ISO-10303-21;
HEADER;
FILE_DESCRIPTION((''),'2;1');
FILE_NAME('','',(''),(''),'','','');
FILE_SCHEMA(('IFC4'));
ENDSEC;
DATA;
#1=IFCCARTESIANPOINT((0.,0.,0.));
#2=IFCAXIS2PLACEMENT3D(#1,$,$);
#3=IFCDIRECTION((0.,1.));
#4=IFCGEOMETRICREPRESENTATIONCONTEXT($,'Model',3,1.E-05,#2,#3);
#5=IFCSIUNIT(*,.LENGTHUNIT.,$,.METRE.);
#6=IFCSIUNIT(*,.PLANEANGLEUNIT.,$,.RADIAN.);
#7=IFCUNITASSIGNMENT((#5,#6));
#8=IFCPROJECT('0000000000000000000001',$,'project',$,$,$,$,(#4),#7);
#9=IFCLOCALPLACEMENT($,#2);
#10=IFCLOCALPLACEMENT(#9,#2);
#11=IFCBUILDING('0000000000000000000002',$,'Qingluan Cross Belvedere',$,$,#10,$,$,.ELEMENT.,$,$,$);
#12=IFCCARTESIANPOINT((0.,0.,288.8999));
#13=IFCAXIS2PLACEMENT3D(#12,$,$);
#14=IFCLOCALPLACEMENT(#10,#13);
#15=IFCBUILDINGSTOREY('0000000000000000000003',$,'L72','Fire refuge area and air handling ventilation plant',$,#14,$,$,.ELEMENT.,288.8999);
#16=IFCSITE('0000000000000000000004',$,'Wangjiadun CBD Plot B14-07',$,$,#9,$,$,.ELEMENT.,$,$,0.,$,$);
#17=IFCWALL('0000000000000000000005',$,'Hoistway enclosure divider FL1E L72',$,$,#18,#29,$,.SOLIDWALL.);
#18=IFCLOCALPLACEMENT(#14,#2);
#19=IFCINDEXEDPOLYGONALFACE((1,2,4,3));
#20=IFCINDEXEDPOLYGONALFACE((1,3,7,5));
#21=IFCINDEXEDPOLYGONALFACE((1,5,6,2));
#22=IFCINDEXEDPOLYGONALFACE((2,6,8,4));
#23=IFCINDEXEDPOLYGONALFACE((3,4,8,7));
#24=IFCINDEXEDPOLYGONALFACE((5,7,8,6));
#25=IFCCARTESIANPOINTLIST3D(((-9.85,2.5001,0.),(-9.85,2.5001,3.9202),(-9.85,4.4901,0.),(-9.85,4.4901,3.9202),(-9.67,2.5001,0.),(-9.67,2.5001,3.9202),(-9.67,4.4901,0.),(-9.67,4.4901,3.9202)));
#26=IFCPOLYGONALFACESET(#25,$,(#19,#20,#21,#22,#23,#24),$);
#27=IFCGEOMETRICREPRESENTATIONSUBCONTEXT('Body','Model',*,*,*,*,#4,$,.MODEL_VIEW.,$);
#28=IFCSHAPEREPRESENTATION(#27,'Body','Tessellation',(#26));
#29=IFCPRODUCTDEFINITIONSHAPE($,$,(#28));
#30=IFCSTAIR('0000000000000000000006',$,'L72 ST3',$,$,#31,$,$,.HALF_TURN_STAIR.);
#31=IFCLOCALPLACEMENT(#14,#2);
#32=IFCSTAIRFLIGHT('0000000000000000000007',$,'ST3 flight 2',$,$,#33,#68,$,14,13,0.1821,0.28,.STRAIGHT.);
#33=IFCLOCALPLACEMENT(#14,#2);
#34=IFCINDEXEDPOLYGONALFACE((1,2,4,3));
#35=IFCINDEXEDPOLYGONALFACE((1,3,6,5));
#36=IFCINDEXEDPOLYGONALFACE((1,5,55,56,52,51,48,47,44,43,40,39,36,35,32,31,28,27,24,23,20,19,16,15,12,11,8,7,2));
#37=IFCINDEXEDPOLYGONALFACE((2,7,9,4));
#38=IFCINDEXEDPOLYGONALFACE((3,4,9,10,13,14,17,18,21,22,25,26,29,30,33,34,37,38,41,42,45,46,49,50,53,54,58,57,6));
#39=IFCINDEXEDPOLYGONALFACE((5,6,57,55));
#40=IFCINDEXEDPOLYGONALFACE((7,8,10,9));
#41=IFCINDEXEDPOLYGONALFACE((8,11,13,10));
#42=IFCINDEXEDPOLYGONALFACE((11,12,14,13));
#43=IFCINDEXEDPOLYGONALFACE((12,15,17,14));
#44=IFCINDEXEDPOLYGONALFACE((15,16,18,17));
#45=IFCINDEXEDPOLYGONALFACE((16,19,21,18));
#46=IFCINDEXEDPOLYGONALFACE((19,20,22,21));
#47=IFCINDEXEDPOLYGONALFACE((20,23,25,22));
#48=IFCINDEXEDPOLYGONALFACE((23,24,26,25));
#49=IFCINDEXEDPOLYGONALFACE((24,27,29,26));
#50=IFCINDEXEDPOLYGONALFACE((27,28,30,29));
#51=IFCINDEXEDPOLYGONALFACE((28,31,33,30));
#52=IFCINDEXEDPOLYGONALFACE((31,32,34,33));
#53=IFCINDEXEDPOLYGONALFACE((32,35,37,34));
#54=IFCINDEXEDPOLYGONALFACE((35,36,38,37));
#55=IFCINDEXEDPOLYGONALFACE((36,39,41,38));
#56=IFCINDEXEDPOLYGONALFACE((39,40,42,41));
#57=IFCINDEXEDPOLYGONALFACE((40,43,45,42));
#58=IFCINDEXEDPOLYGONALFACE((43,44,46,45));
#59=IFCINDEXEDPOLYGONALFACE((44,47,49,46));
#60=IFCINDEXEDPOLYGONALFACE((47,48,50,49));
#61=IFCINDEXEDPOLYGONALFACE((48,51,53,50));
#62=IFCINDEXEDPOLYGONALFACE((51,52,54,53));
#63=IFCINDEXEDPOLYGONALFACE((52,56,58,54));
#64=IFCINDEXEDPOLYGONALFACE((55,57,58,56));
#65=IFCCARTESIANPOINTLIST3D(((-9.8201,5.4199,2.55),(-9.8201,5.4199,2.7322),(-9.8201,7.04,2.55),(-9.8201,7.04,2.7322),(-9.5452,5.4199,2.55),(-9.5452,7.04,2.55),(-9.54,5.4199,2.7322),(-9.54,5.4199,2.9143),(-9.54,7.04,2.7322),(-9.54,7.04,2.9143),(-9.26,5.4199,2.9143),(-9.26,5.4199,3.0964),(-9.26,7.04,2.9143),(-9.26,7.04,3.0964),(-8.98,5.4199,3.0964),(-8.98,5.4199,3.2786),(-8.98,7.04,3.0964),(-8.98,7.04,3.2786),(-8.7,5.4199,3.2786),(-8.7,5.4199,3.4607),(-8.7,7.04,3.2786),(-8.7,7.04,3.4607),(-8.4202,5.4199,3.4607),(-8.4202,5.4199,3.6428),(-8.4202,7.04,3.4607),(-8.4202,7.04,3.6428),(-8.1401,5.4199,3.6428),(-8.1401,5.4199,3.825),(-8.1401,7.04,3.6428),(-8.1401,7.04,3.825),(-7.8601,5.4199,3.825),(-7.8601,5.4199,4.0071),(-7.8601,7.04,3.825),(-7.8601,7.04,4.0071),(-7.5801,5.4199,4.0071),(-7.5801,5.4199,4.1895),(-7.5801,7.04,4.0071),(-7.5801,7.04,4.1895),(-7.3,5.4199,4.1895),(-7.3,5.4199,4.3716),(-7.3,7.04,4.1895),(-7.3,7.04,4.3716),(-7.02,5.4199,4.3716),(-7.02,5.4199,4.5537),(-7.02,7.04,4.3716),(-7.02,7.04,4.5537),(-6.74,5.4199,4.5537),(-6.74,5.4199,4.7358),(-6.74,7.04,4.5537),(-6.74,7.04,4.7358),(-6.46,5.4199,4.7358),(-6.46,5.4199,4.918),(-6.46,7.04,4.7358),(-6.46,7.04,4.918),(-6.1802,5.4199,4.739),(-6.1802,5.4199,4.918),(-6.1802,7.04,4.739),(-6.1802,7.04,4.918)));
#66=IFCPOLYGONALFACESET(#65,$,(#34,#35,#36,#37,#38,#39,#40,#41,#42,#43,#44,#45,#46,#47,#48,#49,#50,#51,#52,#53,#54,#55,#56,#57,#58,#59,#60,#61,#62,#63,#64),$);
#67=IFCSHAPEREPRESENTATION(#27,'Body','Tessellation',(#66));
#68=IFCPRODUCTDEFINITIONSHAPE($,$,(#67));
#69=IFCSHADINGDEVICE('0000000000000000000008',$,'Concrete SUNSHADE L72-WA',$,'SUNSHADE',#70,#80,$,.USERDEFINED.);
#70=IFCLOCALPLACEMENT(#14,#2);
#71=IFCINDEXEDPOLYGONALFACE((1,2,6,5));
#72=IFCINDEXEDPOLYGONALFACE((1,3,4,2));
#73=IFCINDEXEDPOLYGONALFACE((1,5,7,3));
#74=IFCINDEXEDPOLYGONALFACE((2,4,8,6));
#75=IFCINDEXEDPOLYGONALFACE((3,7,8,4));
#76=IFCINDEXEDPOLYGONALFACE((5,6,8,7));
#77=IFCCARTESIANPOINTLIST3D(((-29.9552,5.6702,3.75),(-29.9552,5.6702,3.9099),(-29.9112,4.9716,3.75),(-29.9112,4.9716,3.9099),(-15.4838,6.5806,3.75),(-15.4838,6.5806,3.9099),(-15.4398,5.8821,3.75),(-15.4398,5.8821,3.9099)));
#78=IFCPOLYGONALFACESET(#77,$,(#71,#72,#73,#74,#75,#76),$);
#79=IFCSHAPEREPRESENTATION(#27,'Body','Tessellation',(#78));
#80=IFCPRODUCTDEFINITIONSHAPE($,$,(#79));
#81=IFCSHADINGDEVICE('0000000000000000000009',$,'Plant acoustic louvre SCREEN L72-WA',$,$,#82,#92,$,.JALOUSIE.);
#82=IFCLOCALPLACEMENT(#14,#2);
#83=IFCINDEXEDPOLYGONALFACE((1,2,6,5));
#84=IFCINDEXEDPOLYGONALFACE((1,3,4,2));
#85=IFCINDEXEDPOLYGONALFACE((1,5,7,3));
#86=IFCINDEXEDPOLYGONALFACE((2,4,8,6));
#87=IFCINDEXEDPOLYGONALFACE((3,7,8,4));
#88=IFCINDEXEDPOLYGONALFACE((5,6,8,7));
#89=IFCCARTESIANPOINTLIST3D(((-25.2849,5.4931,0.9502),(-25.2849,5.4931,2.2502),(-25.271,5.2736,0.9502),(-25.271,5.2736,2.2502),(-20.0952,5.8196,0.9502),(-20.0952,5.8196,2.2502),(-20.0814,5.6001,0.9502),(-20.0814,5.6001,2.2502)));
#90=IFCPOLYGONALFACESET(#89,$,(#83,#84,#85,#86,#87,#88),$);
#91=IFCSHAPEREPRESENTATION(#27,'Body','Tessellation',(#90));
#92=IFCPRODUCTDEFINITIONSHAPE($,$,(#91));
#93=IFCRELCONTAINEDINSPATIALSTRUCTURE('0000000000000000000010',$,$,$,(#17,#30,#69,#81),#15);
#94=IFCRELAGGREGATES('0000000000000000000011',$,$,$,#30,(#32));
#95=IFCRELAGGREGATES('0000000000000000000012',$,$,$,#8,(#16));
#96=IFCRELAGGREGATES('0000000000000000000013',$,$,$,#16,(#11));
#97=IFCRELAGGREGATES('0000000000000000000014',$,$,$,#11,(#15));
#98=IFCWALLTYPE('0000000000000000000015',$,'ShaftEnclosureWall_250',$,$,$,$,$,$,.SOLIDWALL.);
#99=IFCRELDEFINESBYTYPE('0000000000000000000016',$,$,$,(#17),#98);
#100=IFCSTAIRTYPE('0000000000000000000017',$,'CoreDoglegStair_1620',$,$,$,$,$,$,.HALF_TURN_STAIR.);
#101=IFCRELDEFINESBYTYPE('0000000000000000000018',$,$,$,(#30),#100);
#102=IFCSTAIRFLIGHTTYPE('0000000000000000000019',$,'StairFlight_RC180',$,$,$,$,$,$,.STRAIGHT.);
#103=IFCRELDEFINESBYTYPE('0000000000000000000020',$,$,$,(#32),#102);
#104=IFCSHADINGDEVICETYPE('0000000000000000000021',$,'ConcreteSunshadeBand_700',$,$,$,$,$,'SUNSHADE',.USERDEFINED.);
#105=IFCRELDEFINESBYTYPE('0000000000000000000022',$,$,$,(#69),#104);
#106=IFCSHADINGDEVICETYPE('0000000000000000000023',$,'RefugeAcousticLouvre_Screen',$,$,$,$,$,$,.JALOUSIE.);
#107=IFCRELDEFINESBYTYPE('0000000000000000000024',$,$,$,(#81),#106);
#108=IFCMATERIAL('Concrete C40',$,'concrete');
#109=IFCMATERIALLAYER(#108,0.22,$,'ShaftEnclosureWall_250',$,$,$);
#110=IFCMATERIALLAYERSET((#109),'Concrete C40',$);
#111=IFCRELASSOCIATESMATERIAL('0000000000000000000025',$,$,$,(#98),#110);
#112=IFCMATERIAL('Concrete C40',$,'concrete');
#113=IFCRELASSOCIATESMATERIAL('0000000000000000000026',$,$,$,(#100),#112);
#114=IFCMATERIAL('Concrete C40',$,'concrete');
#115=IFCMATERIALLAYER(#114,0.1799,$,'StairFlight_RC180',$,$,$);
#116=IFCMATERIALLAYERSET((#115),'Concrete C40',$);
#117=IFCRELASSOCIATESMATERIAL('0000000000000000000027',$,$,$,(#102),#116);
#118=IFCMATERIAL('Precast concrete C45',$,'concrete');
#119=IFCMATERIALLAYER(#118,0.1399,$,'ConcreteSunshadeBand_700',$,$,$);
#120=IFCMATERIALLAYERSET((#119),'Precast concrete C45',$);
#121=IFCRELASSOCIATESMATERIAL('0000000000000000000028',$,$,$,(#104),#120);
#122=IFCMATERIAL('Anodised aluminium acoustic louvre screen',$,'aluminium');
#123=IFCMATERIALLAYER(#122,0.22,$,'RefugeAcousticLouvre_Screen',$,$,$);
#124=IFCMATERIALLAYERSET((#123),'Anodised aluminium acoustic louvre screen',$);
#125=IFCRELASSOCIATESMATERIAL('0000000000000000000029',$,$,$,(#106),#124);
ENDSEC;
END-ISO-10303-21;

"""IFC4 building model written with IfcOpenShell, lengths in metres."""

from ifc_helpers import new_model, si_unit, direction, frame, frame_2d, origin, origin_2d, place, context, subcontext, project, spatial, polyline, rectangle, outline, extrude, material, layer, layer_set, type_object, element, aggregate, save


model = new_model("IFC4")

# Units and contexts
model_context = context("Model", 3, precision=1e-05, world=origin(), true_north=direction((0.0, 1.0)))
body_context = subcontext(model_context, "Body", "Model", "MODEL_VIEW")
ifc_project = project(units=[si_unit("LENGTHUNIT", "METRE"), si_unit("PLANEANGLEUNIT", "RADIAN")], contexts=[model_context])

# Site, building, storey
site_placement = place(None, origin())
site = spatial("IfcSite", under=ifc_project, at=site_placement, Name="Wangjiadun CBD Plot B14-07", CompositionType="ELEMENT", RefElevation=0.0)
building_placement = place(site_placement, origin())
building = spatial("IfcBuilding", under=site, at=building_placement, Name="Qingluan Cross Belvedere", CompositionType="ELEMENT")
storey_placement = place(building_placement, frame((0.0, 0.0, 288.8999)))
storey = spatial("IfcBuildingStorey", under=building, at=storey_placement, Name="L72", Description="Fire refuge area and air handling ventilation plant", CompositionType="ELEMENT", Elevation=288.8999)

# Shared definitions
ifc_material_1 = material(Name="Concrete C40", Category="concrete")
ifc_layer_1 = layer(ifc_material_1, 0.22, Name="ShaftEnclosureWall_250")
ifc_layer_set_1 = layer_set([ifc_layer_1], Name="Concrete C40")
wall_type_1 = type_object("IfcWallType", Name="ShaftEnclosureWall_250", PredefinedType="SOLIDWALL", material=ifc_layer_set_1)

# Wall
wall_1_placement = place(storey_placement, frame((-9.76, 2.5, 0.0), z_axis=(0.0, 0.0, 1.0), x_axis=(0.0, 1.0, 0.0)))
element("IfcWall", 1, at=wall_1_placement, inside=storey, type_object=wall_type_1, Name="Hoistway enclosure divider FL1E L72", PredefinedType="SOLIDWALL", context=body_context, shape_type="SweptSolid", body=[
    extrude(rectangle(XDim=1.99, YDim=0.1799, at=frame_2d((0.9951, 0.0))), origin(), (0.0, 0.0, 1.0), 3.9202),
])

# Stair, stair flight
ifc_material_2 = material(Name="Concrete C40", Category="concrete")
stair_type = type_object("IfcStairType", Name="CoreDoglegStair_1620", PredefinedType="HALF_TURN_STAIR", material=ifc_material_2)
stair_placement = place(storey_placement, origin())
stair = element("IfcStair", 2, at=stair_placement, inside=storey, type_object=stair_type, Name="L72 ST3", PredefinedType="HALF_TURN_STAIR")
ifc_material_3 = material(Name="Concrete C40", Category="concrete")
ifc_layer_2 = layer(ifc_material_3, 0.1799, Name="StairFlight_RC180")
ifc_layer_set_2 = layer_set([ifc_layer_2], Name="Concrete C40")
stair_flight_type = type_object("IfcStairFlightType", Name="StairFlight_RC180", PredefinedType="STRAIGHT", material=ifc_layer_set_2)
stair_flight_placement = place(storey_placement, frame((-9.8201, 6.23, 2.55), z_axis=(0.0, 0.0, 1.0), x_axis=(1.0, 0.0, 0.0)))
stair_flight = element("IfcStairFlight", 3, at=stair_flight_placement, type_object=stair_flight_type, Name="ST3 flight 2", NumberOfRisers=14, NumberOfTreads=13, PredefinedType="STRAIGHT", RiserHeight=0.1821, TreadLength=0.28, context=body_context, shape_type="SweptSolid", body=[
    extrude(outline(polyline([(0.0, 0.0), (0.0, 0.1821), (0.28, 0.1821), (0.28, 0.3643), (0.5601, 0.3643), (0.5601, 0.5464), (0.8401, 0.5464), (0.8401, 0.7285), (1.1201, 0.7285), (1.1201, 0.9106), (1.3999, 0.9106), (1.3999, 1.0928), (1.6799, 1.0928), (1.6799, 1.2749), (1.96, 1.2749), (1.96, 1.457), (2.24, 1.457), (2.24, 1.6394), (2.52, 1.6394), (2.52, 1.8215), (2.8, 1.8215), (2.8, 2.0037), (3.0801, 2.0037), (3.0801, 2.1858), (3.3601, 2.1858), (3.3601, 2.3679), (3.6399, 2.3679), (3.6399, 2.55), (3.6399, 2.189), (0.2749, 0.0), (0.0, 0.0)])), frame((0.0, 0.8101, 0.0), z_axis=(0.0, -1.0, 0.0), x_axis=(1.0, 0.0, 0.0)), (0.0, 0.0, 1.0), 1.6201),
])
aggregate(stair, [stair_flight])

# Shading devices
ifc_material_4 = material(Name="Precast concrete C45", Category="concrete")
ifc_layer_3 = layer(ifc_material_4, 0.1399, Name="ConcreteSunshadeBand_700")
ifc_layer_set_3 = layer_set([ifc_layer_3], Name="Precast concrete C45")
shading_device_type_1 = type_object("IfcShadingDeviceType", Name="ConcreteSunshadeBand_700", ElementType="SUNSHADE", PredefinedType="USERDEFINED", material=ifc_layer_set_3)
shading_device_1_placement = place(storey_placement, frame((-22.6975, 5.7761, 3.75), z_axis=(0.0, 0.0, 1.0), x_axis=(-0.998027, -0.062789, 0.0)))
element("IfcShadingDevice", 4, at=shading_device_1_placement, inside=storey, type_object=shading_device_type_1, Name="Concrete SUNSHADE L72-WA", ObjectType="SUNSHADE", PredefinedType="USERDEFINED", context=body_context, shape_type="SweptSolid", body=[
    extrude(rectangle(XDim=14.5, YDim=0.7, at=origin_2d()), origin(), (0.0, 0.0, 1.0), 0.1599),
])
ifc_material_5 = material(Name="Anodised aluminium acoustic louvre screen", Category="aluminium")
ifc_layer_4 = layer(ifc_material_5, 0.22, Name="RefugeAcousticLouvre_Screen")
ifc_layer_set_4 = layer_set([ifc_layer_4], Name="Anodised aluminium acoustic louvre screen")
shading_device_type_2 = type_object("IfcShadingDeviceType", Name="RefugeAcousticLouvre_Screen", PredefinedType="JALOUSIE", material=ifc_layer_set_4)
shading_device_2_placement = place(storey_placement, frame((-22.6831, 5.5466, 0.9502), z_axis=(0.0, 0.0, 1.0), x_axis=(-0.998027, -0.062789, 0.0)))
element("IfcShadingDevice", 5, at=shading_device_2_placement, inside=storey, type_object=shading_device_type_2, Name="Plant acoustic louvre SCREEN L72-WA", PredefinedType="JALOUSIE", context=body_context, shape_type="SweptSolid", body=[
    extrude(rectangle(XDim=5.2, YDim=0.22, at=origin_2d()), origin(), (0.0, 0.0, 1.0), 1.3),
])

save(model, "model.ifc")
